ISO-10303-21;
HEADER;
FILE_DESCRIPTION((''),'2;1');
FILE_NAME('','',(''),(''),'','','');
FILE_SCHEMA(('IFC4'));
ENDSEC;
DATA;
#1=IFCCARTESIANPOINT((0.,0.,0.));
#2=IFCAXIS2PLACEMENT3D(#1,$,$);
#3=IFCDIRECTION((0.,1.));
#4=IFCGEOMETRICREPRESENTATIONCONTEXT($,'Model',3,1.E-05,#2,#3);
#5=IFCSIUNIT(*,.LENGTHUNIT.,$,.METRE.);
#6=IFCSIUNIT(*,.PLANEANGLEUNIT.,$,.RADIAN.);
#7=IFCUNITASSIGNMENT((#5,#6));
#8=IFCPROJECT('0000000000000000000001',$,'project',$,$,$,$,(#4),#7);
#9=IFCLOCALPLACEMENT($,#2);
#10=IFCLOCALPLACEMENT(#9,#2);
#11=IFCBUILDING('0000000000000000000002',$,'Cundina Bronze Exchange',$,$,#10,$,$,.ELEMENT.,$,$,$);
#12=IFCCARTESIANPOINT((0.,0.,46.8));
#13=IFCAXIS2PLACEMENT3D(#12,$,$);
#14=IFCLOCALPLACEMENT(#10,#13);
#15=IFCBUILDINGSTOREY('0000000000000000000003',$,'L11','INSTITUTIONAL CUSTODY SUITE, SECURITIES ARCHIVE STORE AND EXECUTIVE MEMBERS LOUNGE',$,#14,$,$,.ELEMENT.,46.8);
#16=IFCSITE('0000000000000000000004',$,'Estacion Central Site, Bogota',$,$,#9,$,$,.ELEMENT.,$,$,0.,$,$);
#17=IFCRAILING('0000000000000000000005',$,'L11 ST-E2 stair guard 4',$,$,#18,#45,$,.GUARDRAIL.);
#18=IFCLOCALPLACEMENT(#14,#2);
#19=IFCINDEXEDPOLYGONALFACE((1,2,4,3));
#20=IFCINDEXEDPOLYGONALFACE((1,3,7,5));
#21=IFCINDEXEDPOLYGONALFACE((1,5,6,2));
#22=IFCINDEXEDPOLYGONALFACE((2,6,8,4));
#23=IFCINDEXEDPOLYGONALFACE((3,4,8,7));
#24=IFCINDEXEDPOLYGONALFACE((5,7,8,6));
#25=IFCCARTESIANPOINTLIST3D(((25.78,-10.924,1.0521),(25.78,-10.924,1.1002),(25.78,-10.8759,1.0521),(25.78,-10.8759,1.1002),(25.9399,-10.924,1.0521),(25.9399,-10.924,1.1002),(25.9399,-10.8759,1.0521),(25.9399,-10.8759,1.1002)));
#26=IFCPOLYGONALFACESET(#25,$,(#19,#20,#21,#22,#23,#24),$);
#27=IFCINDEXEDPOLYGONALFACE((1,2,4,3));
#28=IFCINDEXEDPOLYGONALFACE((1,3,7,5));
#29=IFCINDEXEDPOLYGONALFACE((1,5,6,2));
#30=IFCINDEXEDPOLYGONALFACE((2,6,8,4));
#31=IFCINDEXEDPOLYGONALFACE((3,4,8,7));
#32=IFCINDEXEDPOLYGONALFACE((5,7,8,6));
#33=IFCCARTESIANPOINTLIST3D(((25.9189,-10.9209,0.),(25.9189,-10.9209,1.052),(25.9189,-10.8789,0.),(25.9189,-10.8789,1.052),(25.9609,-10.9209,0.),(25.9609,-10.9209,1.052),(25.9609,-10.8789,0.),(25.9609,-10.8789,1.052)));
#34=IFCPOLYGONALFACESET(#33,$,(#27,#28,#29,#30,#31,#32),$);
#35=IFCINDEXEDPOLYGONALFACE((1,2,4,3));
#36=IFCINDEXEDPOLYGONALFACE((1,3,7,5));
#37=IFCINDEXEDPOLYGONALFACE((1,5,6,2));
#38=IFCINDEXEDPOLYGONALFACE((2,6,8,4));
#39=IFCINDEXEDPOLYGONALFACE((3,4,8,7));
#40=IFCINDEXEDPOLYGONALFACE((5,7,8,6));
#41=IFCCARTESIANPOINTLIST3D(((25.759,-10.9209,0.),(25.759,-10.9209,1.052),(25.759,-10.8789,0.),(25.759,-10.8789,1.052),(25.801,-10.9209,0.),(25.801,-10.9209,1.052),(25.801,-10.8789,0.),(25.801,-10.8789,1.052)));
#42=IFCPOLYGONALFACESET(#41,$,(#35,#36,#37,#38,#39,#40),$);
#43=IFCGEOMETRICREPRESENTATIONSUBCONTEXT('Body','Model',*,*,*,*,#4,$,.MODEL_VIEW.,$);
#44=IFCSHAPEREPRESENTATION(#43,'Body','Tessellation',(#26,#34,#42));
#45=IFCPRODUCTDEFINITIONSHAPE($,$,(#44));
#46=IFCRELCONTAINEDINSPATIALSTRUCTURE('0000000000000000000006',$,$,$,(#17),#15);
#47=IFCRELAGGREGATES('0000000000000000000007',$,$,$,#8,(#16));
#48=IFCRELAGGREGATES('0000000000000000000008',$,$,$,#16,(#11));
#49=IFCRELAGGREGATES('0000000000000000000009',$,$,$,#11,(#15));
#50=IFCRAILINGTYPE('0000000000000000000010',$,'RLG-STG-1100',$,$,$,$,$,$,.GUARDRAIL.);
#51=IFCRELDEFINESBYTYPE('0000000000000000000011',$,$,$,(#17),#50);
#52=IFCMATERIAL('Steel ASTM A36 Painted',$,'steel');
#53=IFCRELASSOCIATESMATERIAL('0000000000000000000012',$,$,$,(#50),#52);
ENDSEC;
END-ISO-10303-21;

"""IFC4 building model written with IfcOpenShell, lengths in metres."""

from ifc_helpers import new_model, si_unit, direction, frame, origin, origin_2d, place, context, subcontext, project, spatial, rectangle, extrude, material, type_object, element, save


model = new_model("IFC4")

# Units and contexts
model_context = context("Model", 3, precision=1e-05, world=origin(), true_north=direction((0.0, 1.0)))
body_context = subcontext(model_context, "Body", "Model", "MODEL_VIEW")
ifc_project = project(units=[si_unit("LENGTHUNIT", "METRE"), si_unit("PLANEANGLEUNIT", "RADIAN")], contexts=[model_context])

# Site, building, storey
site_placement = place(None, origin())
site = spatial("IfcSite", under=ifc_project, at=site_placement, Name="Estacion Central Site, Bogota", CompositionType="ELEMENT", RefElevation=0.0)
building_placement = place(site_placement, origin())
building = spatial("IfcBuilding", under=site, at=building_placement, Name="Cundina Bronze Exchange", CompositionType="ELEMENT")
storey_placement = place(building_placement, frame((0.0, 0.0, 46.8)))
storey = spatial("IfcBuildingStorey", under=building, at=storey_placement, Name="L11", Description="INSTITUTIONAL CUSTODY SUITE, SECURITIES ARCHIVE STORE AND EXECUTIVE MEMBERS LOUNGE", CompositionType="ELEMENT", Elevation=46.8)

# Shared definitions
ifc_material_1 = material(Name="Steel ASTM A36 Painted", Category="steel")

# Railing
railing_type_1 = type_object("IfcRailingType", Name="RLG-STG-1100", PredefinedType="GUARDRAIL", material=ifc_material_1)
railing_1_placement = place(storey_placement, frame((25.9399, -10.8999, 0.0)))
element("IfcRailing", 1, at=railing_1_placement, inside=storey, type_object=railing_type_1, Name="L11 ST-E2 stair guard 4", PredefinedType="GUARDRAIL", context=body_context, shape_type="SweptSolid", body=[
    extrude(rectangle(XDim=0.0481, YDim=0.0481, at=origin_2d()), frame((0.0, 0.0, 1.0762), z_axis=(-1.0, 0.0, 0.0), x_axis=(0.0, -1.0, 0.0)), (0.0, 0.0, 1.0), 0.1599),
    extrude(rectangle(XDim=0.042, YDim=0.042, at=origin_2d()), origin(), (0.0, 0.0, 1.0), 1.052),
    extrude(rectangle(XDim=0.042, YDim=0.042, at=origin_2d()), frame((-0.1599, 0.0, 0.0)), (0.0, 0.0, 1.0), 1.052),
])

save(model, "model.ifc")
